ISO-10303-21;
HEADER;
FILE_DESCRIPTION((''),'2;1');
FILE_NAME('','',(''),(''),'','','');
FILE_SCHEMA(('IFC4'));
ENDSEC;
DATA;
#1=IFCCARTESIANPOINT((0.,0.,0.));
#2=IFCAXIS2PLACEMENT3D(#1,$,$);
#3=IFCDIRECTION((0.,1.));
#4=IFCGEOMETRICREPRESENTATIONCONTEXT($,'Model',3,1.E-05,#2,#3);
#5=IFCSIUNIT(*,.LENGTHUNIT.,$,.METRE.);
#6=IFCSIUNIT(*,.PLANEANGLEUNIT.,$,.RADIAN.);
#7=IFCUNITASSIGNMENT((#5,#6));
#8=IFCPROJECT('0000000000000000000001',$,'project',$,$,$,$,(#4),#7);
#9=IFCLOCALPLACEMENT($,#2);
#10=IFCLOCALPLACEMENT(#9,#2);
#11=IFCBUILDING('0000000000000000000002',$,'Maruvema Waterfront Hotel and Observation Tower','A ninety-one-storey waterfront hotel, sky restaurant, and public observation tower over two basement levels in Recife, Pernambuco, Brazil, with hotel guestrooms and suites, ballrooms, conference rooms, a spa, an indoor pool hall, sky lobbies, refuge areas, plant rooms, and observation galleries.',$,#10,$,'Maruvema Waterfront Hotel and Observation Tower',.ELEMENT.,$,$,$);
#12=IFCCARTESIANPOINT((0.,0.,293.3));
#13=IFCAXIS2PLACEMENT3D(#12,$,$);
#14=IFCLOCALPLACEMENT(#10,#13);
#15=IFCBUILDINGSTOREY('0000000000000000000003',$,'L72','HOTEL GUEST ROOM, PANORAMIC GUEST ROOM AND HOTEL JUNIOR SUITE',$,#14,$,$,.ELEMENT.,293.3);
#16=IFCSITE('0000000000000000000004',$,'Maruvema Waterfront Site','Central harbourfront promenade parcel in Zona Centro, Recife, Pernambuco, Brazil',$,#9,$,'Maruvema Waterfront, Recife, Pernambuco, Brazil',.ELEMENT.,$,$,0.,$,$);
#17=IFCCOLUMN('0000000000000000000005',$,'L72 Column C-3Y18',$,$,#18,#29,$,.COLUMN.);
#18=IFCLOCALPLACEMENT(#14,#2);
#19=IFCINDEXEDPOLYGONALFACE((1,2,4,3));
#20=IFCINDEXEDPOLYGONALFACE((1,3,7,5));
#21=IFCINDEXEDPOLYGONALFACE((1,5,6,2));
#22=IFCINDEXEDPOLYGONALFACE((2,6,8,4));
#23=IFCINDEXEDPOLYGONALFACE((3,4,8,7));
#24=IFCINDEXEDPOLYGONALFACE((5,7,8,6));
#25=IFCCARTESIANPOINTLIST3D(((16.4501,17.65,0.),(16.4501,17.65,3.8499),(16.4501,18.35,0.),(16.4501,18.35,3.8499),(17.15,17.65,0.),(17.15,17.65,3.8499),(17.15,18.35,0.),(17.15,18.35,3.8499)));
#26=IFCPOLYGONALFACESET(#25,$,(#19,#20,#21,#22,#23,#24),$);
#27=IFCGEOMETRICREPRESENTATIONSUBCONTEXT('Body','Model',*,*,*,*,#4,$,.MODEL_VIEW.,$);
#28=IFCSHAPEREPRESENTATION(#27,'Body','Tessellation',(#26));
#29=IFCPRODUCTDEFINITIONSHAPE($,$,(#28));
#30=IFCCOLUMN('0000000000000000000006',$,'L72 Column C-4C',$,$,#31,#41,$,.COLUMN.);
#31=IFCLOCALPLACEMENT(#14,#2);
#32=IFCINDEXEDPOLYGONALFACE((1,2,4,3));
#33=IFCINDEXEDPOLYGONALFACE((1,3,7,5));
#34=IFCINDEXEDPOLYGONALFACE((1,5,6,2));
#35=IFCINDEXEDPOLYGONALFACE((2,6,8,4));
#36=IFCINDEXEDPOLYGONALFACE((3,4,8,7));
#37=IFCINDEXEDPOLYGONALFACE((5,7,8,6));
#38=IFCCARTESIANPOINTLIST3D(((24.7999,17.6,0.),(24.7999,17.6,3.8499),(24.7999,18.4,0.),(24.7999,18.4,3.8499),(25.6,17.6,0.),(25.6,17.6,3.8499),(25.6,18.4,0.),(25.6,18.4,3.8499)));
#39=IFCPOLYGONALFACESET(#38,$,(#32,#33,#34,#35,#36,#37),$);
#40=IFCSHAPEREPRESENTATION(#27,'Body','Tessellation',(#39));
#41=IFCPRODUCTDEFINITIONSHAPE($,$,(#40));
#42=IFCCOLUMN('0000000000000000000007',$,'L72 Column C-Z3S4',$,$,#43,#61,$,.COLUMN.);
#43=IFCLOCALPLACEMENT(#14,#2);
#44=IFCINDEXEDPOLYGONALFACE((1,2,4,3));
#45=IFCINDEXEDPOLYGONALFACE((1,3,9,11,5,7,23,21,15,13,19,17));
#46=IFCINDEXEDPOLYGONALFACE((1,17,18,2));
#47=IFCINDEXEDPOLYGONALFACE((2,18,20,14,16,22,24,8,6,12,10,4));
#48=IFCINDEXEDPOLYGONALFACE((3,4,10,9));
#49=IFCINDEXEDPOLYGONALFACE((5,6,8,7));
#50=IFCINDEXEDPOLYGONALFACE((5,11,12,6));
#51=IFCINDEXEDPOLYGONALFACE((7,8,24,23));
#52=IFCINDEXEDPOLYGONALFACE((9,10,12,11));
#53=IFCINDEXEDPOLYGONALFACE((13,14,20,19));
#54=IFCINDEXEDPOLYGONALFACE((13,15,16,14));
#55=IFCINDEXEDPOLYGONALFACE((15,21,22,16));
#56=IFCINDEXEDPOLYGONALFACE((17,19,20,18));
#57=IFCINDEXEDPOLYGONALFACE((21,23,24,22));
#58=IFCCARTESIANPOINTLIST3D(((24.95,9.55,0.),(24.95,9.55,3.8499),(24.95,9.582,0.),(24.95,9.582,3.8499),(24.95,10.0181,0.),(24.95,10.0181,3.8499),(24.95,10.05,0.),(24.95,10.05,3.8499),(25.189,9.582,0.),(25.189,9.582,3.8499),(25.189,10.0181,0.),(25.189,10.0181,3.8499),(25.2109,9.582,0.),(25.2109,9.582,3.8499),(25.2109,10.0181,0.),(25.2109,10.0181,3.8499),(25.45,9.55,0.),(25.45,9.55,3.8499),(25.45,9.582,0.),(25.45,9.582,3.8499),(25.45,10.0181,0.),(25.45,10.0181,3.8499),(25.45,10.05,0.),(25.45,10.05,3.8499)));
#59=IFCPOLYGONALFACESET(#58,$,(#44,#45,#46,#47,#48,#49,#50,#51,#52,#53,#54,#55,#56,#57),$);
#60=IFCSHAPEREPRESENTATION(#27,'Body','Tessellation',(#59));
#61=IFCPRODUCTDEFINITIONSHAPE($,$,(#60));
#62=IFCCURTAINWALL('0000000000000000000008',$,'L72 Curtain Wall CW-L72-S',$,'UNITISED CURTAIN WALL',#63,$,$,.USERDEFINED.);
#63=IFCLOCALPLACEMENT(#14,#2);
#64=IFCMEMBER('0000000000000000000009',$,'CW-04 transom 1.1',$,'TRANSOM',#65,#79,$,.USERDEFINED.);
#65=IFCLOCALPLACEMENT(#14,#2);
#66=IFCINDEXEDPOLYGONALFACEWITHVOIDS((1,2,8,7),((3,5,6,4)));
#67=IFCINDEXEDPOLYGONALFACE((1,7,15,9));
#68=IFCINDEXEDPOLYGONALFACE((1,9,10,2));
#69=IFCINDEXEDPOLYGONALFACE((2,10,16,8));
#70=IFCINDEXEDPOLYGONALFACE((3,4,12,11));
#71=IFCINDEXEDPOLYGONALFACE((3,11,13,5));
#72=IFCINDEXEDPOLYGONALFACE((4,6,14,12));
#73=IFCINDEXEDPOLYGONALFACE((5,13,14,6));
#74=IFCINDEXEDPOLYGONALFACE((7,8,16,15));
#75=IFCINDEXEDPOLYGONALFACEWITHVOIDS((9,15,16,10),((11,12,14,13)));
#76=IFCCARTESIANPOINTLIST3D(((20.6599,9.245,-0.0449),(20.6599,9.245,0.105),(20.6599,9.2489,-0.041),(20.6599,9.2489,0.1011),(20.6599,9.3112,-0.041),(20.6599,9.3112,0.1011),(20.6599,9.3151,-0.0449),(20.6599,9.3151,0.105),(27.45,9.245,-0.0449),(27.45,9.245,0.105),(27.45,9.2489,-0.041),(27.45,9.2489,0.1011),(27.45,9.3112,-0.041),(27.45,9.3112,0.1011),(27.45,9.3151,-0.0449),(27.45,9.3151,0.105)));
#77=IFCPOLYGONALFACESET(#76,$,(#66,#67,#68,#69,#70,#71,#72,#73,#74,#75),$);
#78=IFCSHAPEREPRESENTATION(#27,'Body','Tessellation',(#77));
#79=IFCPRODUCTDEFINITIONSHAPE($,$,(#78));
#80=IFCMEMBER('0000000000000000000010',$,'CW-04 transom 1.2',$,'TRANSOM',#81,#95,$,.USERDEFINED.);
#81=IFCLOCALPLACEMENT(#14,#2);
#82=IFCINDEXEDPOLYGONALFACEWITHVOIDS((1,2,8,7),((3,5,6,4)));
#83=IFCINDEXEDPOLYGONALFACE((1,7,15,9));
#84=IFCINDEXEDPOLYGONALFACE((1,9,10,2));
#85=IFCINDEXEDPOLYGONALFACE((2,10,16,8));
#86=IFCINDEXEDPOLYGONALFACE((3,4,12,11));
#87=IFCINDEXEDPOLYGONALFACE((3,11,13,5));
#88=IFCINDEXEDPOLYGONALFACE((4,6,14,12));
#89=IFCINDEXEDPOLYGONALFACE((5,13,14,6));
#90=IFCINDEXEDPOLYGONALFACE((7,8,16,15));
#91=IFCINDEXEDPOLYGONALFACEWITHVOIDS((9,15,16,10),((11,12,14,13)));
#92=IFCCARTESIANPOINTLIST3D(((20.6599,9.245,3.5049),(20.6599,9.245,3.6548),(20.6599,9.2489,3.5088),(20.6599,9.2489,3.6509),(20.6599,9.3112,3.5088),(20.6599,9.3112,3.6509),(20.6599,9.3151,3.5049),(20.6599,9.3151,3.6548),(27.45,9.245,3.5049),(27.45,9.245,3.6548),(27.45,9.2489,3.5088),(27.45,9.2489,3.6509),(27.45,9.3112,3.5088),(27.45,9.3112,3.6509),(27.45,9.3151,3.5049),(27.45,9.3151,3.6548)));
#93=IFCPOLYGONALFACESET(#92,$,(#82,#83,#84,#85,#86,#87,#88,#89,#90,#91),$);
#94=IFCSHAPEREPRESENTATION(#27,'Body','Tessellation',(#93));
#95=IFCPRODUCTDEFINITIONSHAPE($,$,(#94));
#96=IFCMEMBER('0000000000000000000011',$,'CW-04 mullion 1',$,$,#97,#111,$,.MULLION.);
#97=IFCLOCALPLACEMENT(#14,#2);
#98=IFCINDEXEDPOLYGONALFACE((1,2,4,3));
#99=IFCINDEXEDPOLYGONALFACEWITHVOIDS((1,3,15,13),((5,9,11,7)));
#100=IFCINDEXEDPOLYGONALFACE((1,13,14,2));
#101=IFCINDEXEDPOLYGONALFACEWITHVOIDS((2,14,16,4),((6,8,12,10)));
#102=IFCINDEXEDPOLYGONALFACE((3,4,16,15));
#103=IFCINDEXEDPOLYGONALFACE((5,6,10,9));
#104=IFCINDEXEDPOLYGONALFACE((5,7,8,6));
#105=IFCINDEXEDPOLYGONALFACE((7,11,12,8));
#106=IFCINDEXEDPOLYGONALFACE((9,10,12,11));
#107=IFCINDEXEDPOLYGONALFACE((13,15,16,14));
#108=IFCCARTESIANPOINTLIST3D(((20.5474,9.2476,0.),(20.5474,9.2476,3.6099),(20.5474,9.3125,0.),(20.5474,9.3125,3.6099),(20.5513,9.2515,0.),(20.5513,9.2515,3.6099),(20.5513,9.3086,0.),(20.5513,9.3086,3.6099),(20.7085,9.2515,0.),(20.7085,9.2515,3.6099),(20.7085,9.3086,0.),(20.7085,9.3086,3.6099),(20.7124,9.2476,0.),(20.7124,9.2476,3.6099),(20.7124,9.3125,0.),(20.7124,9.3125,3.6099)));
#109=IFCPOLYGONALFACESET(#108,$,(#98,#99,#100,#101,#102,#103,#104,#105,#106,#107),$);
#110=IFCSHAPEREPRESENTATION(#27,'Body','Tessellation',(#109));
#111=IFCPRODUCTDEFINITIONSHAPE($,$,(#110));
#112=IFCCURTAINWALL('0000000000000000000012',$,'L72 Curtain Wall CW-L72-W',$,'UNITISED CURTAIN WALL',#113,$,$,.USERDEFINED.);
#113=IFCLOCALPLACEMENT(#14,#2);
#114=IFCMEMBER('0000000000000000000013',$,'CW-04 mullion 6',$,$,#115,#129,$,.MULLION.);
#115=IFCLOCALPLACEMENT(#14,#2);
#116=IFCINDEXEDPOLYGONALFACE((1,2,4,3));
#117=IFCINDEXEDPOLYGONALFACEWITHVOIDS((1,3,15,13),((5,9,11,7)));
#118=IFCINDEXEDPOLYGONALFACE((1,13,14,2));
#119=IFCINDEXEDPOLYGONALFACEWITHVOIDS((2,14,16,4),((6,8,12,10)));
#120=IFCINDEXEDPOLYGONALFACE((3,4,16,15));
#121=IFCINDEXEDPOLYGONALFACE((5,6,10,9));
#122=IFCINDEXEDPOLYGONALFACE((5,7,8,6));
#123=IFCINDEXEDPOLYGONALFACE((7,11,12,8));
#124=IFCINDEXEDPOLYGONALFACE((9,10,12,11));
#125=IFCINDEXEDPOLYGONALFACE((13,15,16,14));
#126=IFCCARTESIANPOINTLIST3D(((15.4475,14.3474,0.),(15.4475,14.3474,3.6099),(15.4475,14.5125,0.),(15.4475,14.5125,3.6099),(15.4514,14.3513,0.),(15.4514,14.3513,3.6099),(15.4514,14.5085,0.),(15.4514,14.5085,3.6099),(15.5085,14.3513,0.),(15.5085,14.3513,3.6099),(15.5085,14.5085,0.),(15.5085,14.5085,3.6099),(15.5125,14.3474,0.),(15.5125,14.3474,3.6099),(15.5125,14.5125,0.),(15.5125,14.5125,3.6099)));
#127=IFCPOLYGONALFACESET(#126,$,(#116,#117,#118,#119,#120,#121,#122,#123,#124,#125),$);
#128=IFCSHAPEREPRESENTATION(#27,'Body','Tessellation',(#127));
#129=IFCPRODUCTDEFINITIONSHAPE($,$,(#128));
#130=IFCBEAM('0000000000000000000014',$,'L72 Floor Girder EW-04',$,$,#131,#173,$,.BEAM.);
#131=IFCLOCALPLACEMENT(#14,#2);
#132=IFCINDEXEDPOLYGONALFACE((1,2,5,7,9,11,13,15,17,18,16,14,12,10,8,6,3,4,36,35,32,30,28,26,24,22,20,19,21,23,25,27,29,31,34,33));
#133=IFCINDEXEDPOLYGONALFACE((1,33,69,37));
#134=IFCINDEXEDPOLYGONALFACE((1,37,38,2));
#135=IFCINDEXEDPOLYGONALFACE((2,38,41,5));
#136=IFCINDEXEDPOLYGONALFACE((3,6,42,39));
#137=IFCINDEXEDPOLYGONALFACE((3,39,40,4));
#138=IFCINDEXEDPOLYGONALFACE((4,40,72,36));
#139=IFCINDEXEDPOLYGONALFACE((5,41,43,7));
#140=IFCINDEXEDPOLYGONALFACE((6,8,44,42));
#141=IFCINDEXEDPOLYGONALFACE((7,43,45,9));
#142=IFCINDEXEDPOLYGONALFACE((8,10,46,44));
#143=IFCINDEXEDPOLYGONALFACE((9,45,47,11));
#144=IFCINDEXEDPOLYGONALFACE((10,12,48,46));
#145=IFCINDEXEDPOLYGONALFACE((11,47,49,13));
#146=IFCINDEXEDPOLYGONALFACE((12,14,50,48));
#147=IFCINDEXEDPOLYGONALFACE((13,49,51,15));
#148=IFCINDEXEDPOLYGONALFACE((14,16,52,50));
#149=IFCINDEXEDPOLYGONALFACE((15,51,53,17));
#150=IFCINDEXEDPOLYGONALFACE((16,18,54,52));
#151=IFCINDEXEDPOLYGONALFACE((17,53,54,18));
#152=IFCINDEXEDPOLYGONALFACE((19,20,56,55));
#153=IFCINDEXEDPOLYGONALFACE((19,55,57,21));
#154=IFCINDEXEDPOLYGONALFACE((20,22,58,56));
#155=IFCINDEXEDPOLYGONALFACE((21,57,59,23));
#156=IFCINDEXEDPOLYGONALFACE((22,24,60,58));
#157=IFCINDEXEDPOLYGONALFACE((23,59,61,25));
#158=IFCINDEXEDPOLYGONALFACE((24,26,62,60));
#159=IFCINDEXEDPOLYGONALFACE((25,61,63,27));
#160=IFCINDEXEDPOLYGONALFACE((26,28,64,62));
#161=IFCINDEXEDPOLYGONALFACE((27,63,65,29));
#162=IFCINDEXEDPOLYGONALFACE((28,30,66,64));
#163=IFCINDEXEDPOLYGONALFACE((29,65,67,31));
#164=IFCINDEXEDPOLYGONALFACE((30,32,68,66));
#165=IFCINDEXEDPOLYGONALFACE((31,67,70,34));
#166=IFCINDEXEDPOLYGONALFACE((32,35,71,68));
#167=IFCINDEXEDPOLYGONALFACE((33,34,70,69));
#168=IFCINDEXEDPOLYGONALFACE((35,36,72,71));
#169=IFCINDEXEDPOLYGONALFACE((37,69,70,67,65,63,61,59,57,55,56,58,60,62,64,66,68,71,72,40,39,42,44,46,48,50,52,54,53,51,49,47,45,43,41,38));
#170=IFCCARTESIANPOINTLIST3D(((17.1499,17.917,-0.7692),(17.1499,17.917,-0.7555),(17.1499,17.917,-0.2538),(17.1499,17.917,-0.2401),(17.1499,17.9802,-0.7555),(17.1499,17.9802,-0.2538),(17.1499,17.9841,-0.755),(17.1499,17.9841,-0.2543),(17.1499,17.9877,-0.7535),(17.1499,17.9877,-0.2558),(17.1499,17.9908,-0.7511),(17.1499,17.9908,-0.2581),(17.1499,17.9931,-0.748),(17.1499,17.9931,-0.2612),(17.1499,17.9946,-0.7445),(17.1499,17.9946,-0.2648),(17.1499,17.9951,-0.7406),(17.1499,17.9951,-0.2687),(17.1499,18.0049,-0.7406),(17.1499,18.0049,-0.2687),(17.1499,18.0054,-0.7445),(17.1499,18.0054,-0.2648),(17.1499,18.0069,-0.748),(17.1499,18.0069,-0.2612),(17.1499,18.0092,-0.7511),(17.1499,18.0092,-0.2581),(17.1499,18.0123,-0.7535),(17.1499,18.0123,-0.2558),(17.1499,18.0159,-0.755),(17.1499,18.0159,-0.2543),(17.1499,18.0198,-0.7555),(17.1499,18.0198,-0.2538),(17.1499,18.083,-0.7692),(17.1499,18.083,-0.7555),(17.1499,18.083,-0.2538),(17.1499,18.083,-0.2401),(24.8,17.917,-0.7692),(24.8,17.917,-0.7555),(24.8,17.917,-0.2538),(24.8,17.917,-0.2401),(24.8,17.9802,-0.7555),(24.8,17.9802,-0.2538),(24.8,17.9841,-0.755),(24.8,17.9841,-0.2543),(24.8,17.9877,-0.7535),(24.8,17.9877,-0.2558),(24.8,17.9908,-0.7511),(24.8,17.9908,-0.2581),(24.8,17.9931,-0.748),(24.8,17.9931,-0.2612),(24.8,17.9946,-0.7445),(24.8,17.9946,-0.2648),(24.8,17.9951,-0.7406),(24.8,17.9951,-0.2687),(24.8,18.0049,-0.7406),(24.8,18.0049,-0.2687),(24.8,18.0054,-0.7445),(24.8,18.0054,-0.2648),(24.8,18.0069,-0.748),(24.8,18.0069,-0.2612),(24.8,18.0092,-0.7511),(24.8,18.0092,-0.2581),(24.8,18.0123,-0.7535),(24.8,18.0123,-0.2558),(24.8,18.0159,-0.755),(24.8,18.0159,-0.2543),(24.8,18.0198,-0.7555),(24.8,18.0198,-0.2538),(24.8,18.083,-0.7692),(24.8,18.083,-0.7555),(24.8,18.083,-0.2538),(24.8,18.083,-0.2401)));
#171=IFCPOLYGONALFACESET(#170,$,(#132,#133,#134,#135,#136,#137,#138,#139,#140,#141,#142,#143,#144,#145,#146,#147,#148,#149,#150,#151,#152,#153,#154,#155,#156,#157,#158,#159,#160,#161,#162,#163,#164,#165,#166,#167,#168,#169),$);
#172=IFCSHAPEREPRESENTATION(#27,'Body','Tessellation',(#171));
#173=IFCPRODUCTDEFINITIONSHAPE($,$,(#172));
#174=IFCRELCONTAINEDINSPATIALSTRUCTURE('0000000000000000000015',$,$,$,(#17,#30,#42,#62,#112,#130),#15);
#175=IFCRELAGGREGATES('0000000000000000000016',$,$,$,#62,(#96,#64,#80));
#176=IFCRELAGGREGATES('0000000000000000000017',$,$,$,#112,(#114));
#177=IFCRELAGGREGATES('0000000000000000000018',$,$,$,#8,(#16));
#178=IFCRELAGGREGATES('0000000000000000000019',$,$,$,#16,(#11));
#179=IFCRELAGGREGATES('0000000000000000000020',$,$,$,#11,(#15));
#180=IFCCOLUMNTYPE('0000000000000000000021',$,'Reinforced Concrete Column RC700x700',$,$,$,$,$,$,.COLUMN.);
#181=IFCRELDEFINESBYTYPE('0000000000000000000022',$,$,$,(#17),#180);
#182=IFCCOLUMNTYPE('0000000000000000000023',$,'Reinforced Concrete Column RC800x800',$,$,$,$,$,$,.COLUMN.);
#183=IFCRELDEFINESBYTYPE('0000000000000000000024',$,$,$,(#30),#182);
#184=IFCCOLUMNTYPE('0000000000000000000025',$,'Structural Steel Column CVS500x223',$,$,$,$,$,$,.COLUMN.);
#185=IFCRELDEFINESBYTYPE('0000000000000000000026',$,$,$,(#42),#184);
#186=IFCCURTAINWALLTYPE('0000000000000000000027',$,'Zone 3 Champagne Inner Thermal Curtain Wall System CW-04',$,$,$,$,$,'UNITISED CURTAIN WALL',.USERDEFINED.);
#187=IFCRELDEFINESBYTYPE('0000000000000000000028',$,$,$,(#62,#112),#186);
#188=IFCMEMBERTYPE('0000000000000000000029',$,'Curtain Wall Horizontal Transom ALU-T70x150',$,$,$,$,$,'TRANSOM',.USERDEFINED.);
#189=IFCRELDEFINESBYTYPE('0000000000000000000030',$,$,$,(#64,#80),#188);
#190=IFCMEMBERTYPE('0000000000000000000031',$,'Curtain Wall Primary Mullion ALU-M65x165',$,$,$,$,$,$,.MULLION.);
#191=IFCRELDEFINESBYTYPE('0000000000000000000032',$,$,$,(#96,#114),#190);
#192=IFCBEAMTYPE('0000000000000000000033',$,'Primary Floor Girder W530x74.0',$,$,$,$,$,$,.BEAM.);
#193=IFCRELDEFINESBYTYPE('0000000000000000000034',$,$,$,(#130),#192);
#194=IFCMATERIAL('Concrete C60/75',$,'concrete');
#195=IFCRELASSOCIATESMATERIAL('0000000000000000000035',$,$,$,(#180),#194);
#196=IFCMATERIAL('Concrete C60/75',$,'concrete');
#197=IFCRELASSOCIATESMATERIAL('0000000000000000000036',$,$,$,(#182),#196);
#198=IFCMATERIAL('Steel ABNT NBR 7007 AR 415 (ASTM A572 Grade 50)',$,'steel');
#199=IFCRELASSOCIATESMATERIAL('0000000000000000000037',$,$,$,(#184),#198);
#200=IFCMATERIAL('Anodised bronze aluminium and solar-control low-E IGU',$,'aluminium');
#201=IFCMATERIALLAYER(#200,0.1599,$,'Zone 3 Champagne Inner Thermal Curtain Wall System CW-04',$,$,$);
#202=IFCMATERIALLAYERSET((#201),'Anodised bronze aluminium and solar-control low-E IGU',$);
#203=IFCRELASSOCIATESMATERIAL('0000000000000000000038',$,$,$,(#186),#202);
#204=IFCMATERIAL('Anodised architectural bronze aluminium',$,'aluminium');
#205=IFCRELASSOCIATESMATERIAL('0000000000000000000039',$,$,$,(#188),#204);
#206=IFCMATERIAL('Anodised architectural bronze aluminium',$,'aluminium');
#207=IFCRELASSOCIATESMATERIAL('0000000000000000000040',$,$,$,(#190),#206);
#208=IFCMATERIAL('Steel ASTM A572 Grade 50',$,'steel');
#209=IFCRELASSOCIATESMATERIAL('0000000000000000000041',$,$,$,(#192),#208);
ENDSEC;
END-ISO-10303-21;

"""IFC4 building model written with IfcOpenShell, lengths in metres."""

from ifc_helpers import new_model, si_unit, direction, frame, origin, origin_2d, place, context, subcontext, project, spatial, rectangle, hollow_rectangle, i_section, extrude, material, layer, layer_set, material_profile, profile_set, type_object, element, aggregate, save


model = new_model("IFC4")

# Units and contexts
model_context = context("Model", 3, precision=1e-05, world=origin(), true_north=direction((0.0, 1.0)))
body_context = subcontext(model_context, "Body", "Model", "MODEL_VIEW")
ifc_project = project(units=[si_unit("LENGTHUNIT", "METRE"), si_unit("PLANEANGLEUNIT", "RADIAN")], contexts=[model_context])

# Site, building, storey
site_placement = place(None, origin())
site = spatial("IfcSite", under=ifc_project, at=site_placement, Name="Maruvema Waterfront Site", Description="Central harbourfront promenade parcel in Zona Centro, Recife, Pernambuco, Brazil", LongName="Maruvema Waterfront, Recife, Pernambuco, Brazil", CompositionType="ELEMENT", RefElevation=0.0)
building_placement = place(site_placement, origin())
building = spatial("IfcBuilding", under=site, at=building_placement, Name="Maruvema Waterfront Hotel and Observation Tower", Description="A ninety-one-storey waterfront hotel, sky restaurant, and public observation tower over two basement levels in Recife, Pernambuco, Brazil, with hotel guestrooms and suites, ballrooms, conference rooms, a spa, an indoor pool hall, sky lobbies, refuge areas, plant rooms, and observation galleries.", LongName="Maruvema Waterfront Hotel and Observation Tower", CompositionType="ELEMENT")
storey_placement = place(building_placement, frame((0.0, 0.0, 293.3)))
storey = spatial("IfcBuildingStorey", under=building, at=storey_placement, Name="L72", Description="HOTEL GUEST ROOM, PANORAMIC GUEST ROOM AND HOTEL JUNIOR SUITE", CompositionType="ELEMENT", Elevation=293.3)

# Columns
ifc_material_1 = material(Name="Concrete C60/75", Category="concrete")
ifc_material_profile_1 = material_profile(ifc_material_1, rectangle(XDim=0.7, YDim=0.7, at=origin_2d()), Name="RC700x700")
ifc_profile_set_1 = profile_set([ifc_material_profile_1], Name="Concrete C60/75")
column_type_1 = type_object("IfcColumnType", Name="Reinforced Concrete Column RC700x700", PredefinedType="COLUMN", material=ifc_profile_set_1)
column_1_placement = place(storey_placement, frame((16.8, 18.0, 0.0), z_axis=(0.0, 0.0, 1.0), x_axis=(1.0, 0.0, 0.0)))
element("IfcColumn", 1, at=column_1_placement, inside=storey, type_object=column_type_1, Name="L72 Column C-3Y18", PredefinedType="COLUMN", context=body_context, shape_type="SweptSolid", body=[
    extrude(rectangle(XDim=0.7, YDim=0.7, at=origin_2d()), origin(), (0.0, 0.0, 1.0), 3.8499),
])
ifc_material_2 = material(Name="Concrete C60/75", Category="concrete")
ifc_material_profile_2 = material_profile(ifc_material_2, rectangle(XDim=0.8, YDim=0.8, at=origin_2d()), Name="RC800x800")
ifc_profile_set_2 = profile_set([ifc_material_profile_2], Name="Concrete C60/75")
column_type_2 = type_object("IfcColumnType", Name="Reinforced Concrete Column RC800x800", PredefinedType="COLUMN", material=ifc_profile_set_2)
column_2_placement = place(storey_placement, frame((25.2, 18.0, 0.0), z_axis=(0.0, 0.0, 1.0), x_axis=(1.0, 0.0, 0.0)))
element("IfcColumn", 2, at=column_2_placement, inside=storey, type_object=column_type_2, Name="L72 Column C-4C", PredefinedType="COLUMN", context=body_context, shape_type="SweptSolid", body=[
    extrude(rectangle(XDim=0.8, YDim=0.8, at=origin_2d()), origin(), (0.0, 0.0, 1.0), 3.8499),
])
ifc_material_3 = material(Name="Steel ABNT NBR 7007 AR 415 (ASTM A572 Grade 50)", Category="steel")
ifc_material_profile_3 = material_profile(ifc_material_3, i_section(OverallWidth=0.5, OverallDepth=0.5, WebThickness=0.022, FlangeThickness=0.032, at=origin_2d()), Name="CVS500x223")
ifc_profile_set_3 = profile_set([ifc_material_profile_3], Name="Steel ABNT NBR 7007 AR 415 (ASTM A572 Grade 50)")
column_type_3 = type_object("IfcColumnType", Name="Structural Steel Column CVS500x223", PredefinedType="COLUMN", material=ifc_profile_set_3)
column_3_placement = place(storey_placement, frame((25.2, 9.8, 0.0), z_axis=(0.0, 0.0, 1.0), x_axis=(1.0, 0.0, 0.0)))
element("IfcColumn", 3, at=column_3_placement, inside=storey, type_object=column_type_3, Name="L72 Column C-Z3S4", PredefinedType="COLUMN", context=body_context, shape_type="SweptSolid", body=[
    extrude(i_section(OverallWidth=0.5, OverallDepth=0.5, WebThickness=0.022, FlangeThickness=0.032, at=origin_2d()), origin(), (0.0, 0.0, 1.0), 3.8499),
])

# Curtain wall, members
ifc_material_4 = material(Name="Anodised bronze aluminium and solar-control low-E IGU", Category="aluminium")
ifc_layer_1 = layer(ifc_material_4, 0.1599, Name="Zone 3 Champagne Inner Thermal Curtain Wall System CW-04")
ifc_layer_set_1 = layer_set([ifc_layer_1], Name="Anodised bronze aluminium and solar-control low-E IGU")
curtain_wall_type = type_object("IfcCurtainWallType", Name="Zone 3 Champagne Inner Thermal Curtain Wall System CW-04", ElementType="UNITISED CURTAIN WALL", PredefinedType="USERDEFINED", material=ifc_layer_set_1)
curtain_wall_1_placement = place(storey_placement, origin())
curtain_wall_1 = element("IfcCurtainWall", 4, at=curtain_wall_1_placement, inside=storey, type_object=curtain_wall_type, Name="L72 Curtain Wall CW-L72-S", ObjectType="UNITISED CURTAIN WALL", PredefinedType="USERDEFINED")
ifc_material_5 = material(Name="Anodised architectural bronze aluminium", Category="aluminium")
ifc_material_profile_4 = material_profile(ifc_material_5, hollow_rectangle(XDim=0.0701, YDim=0.1499, WallThickness=0.0039, at=origin_2d()), Name="ALU-T70x150")
ifc_profile_set_4 = profile_set([ifc_material_profile_4], Name="Anodised architectural bronze aluminium")
member_type_1 = type_object("IfcMemberType", Name="Curtain Wall Horizontal Transom ALU-T70x150", ElementType="TRANSOM", PredefinedType="USERDEFINED", material=ifc_profile_set_4)
member_1_placement = place(storey_placement, frame((20.6599, 9.28, 0.03), z_axis=(1.0, 0.0, 0.0), x_axis=(0.0, 1.0, 0.0)))
member_1 = element("IfcMember", 5, at=member_1_placement, type_object=member_type_1, Name="CW-04 transom 1.1", ObjectType="TRANSOM", PredefinedType="USERDEFINED", context=body_context, shape_type="SweptSolid", body=[
    extrude(hollow_rectangle(XDim=0.0701, YDim=0.1499, WallThickness=0.0039, at=origin_2d()), origin(), (0.0, 0.0, 1.0), 6.79),
])
member_2_placement = place(storey_placement, frame((20.6599, 9.28, 3.5798), z_axis=(1.0, 0.0, 0.0), x_axis=(0.0, 1.0, 0.0)))
member_2 = element("IfcMember", 6, at=member_2_placement, type_object=member_type_1, Name="CW-04 transom 1.2", ObjectType="TRANSOM", PredefinedType="USERDEFINED", context=body_context, shape_type="SweptSolid", body=[
    extrude(hollow_rectangle(XDim=0.0701, YDim=0.1499, WallThickness=0.0039, at=origin_2d()), origin(), (0.0, 0.0, 1.0), 6.79),
])
ifc_material_6 = material(Name="Anodised architectural bronze aluminium", Category="aluminium")
ifc_material_profile_5 = material_profile(ifc_material_6, hollow_rectangle(XDim=0.0649, YDim=0.165, WallThickness=0.0039, at=origin_2d()), Name="ALU-M65x165")
ifc_profile_set_5 = profile_set([ifc_material_profile_5], Name="Anodised architectural bronze aluminium")
member_type_2 = type_object("IfcMemberType", Name="Curtain Wall Primary Mullion ALU-M65x165", PredefinedType="MULLION", material=ifc_profile_set_5)
member_3_placement = place(storey_placement, frame((20.6299, 9.28, 0.0), z_axis=(0.0, 0.0, 1.0), x_axis=(0.0, 1.0, 0.0)))
member_3 = element("IfcMember", 7, at=member_3_placement, type_object=member_type_2, Name="CW-04 mullion 1", PredefinedType="MULLION", context=body_context, shape_type="SweptSolid", body=[
    extrude(hollow_rectangle(XDim=0.0649, YDim=0.165, WallThickness=0.0039, at=origin_2d()), origin(), (0.0, 0.0, 1.0), 3.6099),
])

# Curtain wall, member
curtain_wall_2_placement = place(storey_placement, origin())
curtain_wall_2 = element("IfcCurtainWall", 8, at=curtain_wall_2_placement, inside=storey, type_object=curtain_wall_type, Name="L72 Curtain Wall CW-L72-W", ObjectType="UNITISED CURTAIN WALL", PredefinedType="USERDEFINED")
member_4_placement = place(storey_placement, frame((15.48, 14.4299, 0.0), z_axis=(0.0, 0.0, 1.0), x_axis=(1.0, 0.0, 0.0)))
member_4 = element("IfcMember", 9, at=member_4_placement, type_object=member_type_2, Name="CW-04 mullion 6", PredefinedType="MULLION", context=body_context, shape_type="SweptSolid", body=[
    extrude(hollow_rectangle(XDim=0.0649, YDim=0.165, WallThickness=0.0039, at=origin_2d()), origin(), (0.0, 0.0, 1.0), 3.6099),
])

# Beam
ifc_material_7 = material(Name="Steel ASTM A572 Grade 50", Category="steel")
ifc_material_profile_6 = material_profile(ifc_material_7, i_section(OverallWidth=0.166, OverallDepth=0.5291, WebThickness=0.0098, FlangeThickness=0.0137, FilletRadius=0.0149, at=origin_2d()), Name="W530x74.0")
ifc_profile_set_6 = profile_set([ifc_material_profile_6], Name="Steel ASTM A572 Grade 50")
beam_type_1 = type_object("IfcBeamType", Name="Primary Floor Girder W530x74.0", PredefinedType="BEAM", material=ifc_profile_set_6)
beam_1_placement = place(storey_placement, frame((17.1499, 18.0, -0.5046), z_axis=(1.0, 0.0, 0.0), x_axis=(0.0, 1.0, 0.0)))
element("IfcBeam", 10, at=beam_1_placement, inside=storey, type_object=beam_type_1, Name="L72 Floor Girder EW-04", PredefinedType="BEAM", context=body_context, shape_type="SweptSolid", body=[
    extrude(i_section(OverallWidth=0.166, OverallDepth=0.5291, WebThickness=0.0098, FlangeThickness=0.0137, FilletRadius=0.0149, at=origin_2d()), origin(), (0.0, 0.0, 1.0), 7.6501),
])

aggregate(curtain_wall_1, [member_3, member_1, member_2])
aggregate(curtain_wall_2, [member_4])

save(model, "model.ifc")
